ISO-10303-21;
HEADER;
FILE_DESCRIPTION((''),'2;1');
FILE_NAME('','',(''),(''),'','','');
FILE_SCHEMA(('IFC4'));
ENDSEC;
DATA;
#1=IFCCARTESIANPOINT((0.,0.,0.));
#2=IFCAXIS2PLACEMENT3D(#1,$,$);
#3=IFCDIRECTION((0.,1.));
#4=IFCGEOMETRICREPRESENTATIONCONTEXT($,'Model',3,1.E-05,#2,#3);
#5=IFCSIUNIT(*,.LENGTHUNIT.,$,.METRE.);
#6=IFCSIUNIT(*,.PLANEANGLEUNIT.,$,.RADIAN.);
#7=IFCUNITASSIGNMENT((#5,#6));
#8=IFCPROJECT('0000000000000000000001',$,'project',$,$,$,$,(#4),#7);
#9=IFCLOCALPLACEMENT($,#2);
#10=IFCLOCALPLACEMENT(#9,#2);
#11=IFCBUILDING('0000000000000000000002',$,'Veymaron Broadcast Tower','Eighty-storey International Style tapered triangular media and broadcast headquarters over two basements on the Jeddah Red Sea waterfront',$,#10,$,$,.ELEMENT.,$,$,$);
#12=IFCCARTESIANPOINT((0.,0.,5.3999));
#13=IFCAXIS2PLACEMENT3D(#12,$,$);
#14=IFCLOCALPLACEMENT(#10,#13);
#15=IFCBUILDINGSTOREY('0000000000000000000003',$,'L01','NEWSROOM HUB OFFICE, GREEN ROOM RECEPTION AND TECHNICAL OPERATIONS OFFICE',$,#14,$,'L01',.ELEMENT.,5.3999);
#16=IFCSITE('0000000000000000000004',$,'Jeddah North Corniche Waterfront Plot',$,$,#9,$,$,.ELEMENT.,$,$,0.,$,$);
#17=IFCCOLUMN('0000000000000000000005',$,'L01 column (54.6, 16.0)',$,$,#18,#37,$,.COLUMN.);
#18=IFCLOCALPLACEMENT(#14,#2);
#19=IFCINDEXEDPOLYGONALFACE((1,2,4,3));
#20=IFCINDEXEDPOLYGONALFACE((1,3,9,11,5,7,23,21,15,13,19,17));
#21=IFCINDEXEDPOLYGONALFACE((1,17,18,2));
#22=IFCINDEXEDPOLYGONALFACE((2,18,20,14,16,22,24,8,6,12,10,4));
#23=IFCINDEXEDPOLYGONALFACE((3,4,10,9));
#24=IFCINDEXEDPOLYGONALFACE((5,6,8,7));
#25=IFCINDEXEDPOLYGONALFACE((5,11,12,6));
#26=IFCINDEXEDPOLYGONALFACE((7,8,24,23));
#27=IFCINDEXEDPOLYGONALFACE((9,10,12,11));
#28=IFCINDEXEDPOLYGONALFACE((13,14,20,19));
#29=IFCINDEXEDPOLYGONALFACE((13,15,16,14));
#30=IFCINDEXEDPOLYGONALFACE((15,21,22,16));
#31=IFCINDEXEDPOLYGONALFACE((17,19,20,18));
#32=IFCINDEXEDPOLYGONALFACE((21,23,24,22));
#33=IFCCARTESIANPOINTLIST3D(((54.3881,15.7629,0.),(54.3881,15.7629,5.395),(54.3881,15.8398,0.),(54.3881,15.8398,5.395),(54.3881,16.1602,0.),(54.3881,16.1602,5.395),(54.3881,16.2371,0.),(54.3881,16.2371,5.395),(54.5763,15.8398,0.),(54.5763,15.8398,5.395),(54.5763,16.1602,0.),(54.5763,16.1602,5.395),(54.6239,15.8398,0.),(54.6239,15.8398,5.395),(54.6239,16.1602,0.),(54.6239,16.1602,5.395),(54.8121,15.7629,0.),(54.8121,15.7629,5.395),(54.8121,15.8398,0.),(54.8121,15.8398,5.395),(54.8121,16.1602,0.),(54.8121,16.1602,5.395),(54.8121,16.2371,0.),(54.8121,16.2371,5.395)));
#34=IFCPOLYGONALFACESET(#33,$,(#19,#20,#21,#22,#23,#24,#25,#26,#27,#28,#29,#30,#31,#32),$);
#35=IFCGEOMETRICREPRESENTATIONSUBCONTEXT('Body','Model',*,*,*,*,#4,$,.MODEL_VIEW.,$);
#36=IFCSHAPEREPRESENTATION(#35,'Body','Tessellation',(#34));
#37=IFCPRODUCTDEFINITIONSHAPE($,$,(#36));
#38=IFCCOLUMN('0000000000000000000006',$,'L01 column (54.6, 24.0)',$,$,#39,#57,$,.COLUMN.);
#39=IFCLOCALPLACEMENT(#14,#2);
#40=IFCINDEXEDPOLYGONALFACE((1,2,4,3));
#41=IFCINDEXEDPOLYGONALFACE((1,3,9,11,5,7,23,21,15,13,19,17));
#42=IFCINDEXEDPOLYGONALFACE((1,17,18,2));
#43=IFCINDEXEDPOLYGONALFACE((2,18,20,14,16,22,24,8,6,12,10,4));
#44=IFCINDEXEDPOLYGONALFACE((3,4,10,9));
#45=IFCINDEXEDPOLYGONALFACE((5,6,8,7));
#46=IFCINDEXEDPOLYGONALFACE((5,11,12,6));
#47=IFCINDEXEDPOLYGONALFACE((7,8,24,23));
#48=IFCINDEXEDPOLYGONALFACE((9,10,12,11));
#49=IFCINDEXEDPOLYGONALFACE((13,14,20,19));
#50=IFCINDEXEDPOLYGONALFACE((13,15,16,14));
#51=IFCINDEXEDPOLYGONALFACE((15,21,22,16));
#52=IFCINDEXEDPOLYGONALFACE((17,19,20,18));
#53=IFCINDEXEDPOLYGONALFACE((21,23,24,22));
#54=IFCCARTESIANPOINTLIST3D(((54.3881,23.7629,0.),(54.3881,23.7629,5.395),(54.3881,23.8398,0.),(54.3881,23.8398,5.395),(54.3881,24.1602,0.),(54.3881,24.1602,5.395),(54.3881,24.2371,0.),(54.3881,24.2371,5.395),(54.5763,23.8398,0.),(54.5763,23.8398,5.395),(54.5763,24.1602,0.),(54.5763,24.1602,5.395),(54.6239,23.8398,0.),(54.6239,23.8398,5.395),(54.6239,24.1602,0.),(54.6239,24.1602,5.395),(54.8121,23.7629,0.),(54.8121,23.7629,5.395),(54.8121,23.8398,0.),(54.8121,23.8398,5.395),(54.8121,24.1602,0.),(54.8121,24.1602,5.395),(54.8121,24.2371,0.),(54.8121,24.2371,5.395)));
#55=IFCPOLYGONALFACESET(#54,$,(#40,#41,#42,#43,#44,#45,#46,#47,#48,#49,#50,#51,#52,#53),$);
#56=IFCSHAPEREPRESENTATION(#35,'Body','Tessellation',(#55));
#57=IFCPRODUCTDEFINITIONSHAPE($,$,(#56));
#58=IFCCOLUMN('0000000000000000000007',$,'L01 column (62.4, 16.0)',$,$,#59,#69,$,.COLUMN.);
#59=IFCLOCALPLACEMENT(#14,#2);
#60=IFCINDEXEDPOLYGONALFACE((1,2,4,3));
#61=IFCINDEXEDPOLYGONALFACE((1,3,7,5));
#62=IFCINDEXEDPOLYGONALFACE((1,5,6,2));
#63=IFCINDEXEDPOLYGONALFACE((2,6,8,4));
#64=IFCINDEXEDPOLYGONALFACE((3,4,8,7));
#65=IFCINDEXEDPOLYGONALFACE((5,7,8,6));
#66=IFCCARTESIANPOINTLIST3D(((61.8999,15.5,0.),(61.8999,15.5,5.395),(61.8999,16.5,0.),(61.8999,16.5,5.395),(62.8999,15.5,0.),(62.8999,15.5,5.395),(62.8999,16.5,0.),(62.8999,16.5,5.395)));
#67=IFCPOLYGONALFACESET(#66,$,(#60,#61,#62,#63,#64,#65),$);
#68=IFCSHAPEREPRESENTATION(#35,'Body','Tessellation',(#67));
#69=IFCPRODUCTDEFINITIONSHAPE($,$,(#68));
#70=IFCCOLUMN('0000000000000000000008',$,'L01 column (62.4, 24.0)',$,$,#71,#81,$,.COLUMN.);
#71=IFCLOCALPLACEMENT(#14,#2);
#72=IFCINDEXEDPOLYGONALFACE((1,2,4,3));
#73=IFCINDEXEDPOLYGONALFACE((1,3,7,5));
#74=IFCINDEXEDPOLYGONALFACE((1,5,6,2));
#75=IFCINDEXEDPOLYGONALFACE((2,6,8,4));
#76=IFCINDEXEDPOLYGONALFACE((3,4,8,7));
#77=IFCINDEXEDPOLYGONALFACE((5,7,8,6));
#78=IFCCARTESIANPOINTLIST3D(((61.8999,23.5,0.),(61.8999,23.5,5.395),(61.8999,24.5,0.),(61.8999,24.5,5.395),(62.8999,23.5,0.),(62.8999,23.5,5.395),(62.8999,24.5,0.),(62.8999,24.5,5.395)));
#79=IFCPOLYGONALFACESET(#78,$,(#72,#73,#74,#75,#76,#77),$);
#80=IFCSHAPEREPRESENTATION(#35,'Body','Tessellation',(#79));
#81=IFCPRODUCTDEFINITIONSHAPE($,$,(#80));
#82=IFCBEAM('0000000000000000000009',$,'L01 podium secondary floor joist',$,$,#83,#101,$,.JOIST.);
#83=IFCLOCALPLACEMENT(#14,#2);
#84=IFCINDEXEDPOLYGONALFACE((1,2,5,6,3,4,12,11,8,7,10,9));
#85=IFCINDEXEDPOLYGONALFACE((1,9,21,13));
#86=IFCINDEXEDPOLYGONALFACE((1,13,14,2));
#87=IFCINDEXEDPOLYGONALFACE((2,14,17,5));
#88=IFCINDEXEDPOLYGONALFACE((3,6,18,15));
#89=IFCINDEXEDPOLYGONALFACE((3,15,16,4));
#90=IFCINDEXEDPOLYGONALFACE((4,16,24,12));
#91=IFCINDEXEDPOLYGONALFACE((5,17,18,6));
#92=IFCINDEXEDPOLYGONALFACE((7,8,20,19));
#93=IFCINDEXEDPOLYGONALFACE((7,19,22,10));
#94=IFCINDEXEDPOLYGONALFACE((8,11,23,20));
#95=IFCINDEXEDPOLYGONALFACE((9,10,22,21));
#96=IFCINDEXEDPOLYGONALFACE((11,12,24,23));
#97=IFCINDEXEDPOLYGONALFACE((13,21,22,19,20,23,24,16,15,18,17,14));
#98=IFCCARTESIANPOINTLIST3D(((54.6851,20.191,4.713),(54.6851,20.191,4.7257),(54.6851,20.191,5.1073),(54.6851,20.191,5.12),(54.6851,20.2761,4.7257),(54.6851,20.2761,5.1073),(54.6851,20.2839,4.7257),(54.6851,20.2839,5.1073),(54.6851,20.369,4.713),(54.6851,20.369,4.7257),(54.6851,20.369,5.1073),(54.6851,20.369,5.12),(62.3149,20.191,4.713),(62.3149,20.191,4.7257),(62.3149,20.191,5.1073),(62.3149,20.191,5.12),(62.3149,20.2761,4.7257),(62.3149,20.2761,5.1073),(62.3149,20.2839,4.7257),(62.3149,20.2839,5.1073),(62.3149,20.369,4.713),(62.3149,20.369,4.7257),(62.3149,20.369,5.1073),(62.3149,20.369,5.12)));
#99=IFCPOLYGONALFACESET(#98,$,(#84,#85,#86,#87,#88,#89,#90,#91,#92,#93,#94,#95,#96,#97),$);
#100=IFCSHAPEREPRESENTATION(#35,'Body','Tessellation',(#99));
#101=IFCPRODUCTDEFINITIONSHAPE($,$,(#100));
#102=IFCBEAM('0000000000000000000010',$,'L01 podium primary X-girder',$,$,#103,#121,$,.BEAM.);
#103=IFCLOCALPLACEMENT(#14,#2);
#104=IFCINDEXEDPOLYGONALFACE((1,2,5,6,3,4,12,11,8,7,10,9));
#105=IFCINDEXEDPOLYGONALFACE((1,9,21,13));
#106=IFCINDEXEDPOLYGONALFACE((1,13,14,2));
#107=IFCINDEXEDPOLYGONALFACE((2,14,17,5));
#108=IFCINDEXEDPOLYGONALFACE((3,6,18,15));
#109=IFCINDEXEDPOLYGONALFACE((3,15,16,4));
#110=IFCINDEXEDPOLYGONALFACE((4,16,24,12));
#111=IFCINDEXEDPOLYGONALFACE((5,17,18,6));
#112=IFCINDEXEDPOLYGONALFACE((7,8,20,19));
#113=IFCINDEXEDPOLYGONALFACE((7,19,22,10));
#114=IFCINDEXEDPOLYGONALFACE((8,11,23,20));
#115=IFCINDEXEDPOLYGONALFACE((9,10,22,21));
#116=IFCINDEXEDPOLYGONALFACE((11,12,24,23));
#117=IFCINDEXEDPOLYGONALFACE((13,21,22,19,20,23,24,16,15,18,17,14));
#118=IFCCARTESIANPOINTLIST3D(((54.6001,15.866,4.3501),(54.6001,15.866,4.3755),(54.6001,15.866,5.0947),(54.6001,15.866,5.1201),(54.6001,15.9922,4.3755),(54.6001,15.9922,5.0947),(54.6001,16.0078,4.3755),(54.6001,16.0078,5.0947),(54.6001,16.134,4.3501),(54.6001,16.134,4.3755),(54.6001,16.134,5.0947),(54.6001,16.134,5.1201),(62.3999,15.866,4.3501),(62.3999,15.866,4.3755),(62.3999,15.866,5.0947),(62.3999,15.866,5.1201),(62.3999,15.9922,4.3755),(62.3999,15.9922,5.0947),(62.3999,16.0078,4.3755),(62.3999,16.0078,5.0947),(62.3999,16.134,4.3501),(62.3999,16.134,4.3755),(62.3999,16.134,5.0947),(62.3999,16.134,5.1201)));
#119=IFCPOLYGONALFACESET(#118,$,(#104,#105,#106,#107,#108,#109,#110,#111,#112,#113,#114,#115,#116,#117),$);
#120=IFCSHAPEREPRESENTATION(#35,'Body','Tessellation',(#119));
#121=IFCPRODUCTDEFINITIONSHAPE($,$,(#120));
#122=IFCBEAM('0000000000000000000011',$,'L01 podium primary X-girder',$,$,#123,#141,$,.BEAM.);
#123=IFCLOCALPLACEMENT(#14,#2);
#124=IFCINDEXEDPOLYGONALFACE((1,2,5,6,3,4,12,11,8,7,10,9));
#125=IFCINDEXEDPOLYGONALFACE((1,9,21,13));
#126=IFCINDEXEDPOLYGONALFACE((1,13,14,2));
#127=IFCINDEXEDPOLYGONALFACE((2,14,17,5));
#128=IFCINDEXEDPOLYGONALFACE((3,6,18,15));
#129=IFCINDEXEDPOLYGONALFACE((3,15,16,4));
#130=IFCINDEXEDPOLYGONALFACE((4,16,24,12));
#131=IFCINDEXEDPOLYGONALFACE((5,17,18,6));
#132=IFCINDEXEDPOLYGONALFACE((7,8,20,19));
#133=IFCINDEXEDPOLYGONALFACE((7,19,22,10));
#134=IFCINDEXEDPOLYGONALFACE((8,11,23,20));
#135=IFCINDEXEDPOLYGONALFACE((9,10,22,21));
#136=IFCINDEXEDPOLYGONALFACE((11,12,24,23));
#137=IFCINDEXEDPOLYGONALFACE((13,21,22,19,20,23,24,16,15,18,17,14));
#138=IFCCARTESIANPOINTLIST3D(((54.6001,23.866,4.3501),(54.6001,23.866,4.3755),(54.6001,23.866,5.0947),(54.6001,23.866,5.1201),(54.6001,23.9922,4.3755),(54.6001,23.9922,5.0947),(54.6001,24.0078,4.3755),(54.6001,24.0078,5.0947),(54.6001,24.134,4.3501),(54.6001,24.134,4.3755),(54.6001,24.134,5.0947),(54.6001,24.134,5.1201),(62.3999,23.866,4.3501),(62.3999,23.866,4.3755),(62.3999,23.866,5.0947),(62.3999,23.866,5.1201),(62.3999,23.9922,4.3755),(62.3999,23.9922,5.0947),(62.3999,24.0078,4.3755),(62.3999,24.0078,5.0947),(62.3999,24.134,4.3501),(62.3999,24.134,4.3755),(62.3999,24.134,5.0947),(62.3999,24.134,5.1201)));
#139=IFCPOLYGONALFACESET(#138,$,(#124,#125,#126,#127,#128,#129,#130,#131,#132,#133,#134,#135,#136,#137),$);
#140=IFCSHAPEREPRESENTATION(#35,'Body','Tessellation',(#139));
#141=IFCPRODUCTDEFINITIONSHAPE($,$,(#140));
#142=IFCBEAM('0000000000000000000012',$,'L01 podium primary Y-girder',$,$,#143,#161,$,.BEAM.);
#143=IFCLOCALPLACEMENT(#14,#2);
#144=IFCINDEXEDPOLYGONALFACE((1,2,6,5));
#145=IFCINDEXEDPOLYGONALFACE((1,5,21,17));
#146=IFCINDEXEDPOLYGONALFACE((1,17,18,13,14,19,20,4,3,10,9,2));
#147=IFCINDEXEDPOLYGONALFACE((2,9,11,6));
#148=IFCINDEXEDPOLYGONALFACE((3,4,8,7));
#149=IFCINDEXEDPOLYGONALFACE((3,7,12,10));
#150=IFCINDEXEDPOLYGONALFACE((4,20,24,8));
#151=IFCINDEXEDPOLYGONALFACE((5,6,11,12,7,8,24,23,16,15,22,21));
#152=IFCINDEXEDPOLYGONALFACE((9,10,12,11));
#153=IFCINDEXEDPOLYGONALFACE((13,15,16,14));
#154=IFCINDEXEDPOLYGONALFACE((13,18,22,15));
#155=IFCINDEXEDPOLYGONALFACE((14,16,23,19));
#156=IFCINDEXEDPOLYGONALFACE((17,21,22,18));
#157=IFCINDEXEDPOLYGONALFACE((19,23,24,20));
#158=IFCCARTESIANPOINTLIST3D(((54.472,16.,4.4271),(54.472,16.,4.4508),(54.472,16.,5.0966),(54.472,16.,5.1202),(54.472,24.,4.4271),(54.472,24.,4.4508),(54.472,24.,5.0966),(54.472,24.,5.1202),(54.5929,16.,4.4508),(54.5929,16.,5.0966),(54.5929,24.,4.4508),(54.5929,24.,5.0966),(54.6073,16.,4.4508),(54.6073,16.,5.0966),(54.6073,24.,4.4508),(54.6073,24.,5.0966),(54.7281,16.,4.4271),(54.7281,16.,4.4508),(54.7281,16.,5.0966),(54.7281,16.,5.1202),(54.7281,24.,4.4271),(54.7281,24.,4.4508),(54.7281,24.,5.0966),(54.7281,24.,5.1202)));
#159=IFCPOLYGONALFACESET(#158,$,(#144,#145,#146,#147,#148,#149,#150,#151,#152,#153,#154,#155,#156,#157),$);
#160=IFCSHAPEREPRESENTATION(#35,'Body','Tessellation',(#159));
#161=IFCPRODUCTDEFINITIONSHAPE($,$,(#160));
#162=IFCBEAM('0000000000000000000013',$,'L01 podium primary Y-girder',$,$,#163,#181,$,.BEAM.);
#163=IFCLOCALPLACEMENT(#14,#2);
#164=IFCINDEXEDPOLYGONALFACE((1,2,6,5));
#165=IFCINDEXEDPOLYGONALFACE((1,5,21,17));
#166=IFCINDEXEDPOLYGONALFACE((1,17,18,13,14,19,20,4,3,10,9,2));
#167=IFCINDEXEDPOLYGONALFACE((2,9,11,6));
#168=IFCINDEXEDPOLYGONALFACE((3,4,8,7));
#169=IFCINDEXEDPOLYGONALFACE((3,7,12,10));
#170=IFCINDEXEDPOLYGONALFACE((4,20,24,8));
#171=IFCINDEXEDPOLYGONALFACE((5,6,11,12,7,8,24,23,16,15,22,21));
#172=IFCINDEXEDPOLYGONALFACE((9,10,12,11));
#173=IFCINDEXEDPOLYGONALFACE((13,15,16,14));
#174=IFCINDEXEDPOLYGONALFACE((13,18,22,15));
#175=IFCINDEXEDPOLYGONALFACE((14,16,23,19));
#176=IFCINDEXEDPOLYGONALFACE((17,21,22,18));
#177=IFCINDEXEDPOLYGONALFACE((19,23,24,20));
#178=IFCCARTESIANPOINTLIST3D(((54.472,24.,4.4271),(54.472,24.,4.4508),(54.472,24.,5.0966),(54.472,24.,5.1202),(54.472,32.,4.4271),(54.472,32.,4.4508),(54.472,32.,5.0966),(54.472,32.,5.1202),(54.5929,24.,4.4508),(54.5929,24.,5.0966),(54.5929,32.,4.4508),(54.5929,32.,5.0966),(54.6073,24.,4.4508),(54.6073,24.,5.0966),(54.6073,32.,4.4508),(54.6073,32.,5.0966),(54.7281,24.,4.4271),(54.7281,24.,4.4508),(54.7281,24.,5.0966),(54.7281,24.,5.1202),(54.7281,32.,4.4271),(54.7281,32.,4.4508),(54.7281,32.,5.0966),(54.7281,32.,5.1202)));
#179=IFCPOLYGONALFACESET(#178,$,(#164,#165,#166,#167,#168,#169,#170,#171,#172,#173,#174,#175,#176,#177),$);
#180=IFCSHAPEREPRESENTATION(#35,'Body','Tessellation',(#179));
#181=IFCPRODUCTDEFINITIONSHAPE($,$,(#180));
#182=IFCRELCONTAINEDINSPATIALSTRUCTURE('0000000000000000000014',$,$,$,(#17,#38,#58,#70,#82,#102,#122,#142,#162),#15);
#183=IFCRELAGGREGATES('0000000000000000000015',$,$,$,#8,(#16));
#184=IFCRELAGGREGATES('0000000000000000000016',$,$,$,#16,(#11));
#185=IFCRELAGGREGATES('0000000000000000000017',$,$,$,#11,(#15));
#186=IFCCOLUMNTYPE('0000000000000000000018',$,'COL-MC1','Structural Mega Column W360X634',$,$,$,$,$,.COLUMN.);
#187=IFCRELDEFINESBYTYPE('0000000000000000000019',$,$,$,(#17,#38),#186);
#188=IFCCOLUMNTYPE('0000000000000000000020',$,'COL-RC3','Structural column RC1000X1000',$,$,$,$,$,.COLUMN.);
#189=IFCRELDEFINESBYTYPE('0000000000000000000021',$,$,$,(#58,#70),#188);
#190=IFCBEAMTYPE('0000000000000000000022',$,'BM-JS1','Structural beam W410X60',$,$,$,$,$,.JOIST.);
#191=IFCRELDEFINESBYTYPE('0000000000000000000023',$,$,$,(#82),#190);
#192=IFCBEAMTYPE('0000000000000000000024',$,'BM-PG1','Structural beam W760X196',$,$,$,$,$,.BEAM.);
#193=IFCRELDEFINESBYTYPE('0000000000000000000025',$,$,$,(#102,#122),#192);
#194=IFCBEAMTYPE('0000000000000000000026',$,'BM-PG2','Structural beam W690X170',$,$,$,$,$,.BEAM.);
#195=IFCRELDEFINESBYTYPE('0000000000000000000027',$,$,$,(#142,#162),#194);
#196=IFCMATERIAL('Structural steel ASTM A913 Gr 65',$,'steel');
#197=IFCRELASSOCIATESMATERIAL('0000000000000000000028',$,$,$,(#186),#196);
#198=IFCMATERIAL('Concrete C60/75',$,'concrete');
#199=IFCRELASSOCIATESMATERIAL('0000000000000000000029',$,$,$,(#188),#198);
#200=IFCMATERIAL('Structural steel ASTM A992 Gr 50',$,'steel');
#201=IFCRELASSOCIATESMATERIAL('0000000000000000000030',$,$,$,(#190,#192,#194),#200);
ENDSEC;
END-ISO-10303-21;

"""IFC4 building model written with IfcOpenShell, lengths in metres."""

from ifc_helpers import new_model, si_unit, direction, frame, origin, origin_2d, place, context, subcontext, project, spatial, rectangle, i_section, extrude, material, material_profile, profile_set, type_object, element, save


model = new_model("IFC4")

# Units and contexts
model_context = context("Model", 3, precision=1e-05, world=origin(), true_north=direction((0.0, 1.0)))
body_context = subcontext(model_context, "Body", "Model", "MODEL_VIEW")
ifc_project = project(units=[si_unit("LENGTHUNIT", "METRE"), si_unit("PLANEANGLEUNIT", "RADIAN")], contexts=[model_context])

# Site, building, storey
site_placement = place(None, origin())
site = spatial("IfcSite", under=ifc_project, at=site_placement, Name="Jeddah North Corniche Waterfront Plot", CompositionType="ELEMENT", RefElevation=0.0)
building_placement = place(site_placement, origin())
building = spatial("IfcBuilding", under=site, at=building_placement, Name="Veymaron Broadcast Tower", Description="Eighty-storey International Style tapered triangular media and broadcast headquarters over two basements on the Jeddah Red Sea waterfront", CompositionType="ELEMENT")
storey_placement = place(building_placement, frame((0.0, 0.0, 5.3999)))
storey = spatial("IfcBuildingStorey", under=building, at=storey_placement, Name="L01", Description="NEWSROOM HUB OFFICE, GREEN ROOM RECEPTION AND TECHNICAL OPERATIONS OFFICE", LongName="L01", CompositionType="ELEMENT", Elevation=5.3999)

# Columns
ifc_material_1 = material(Name="Structural steel ASTM A913 Gr 65", Category="steel")
ifc_material_profile_1 = material_profile(ifc_material_1, i_section(OverallWidth=0.4241, OverallDepth=0.4741, WebThickness=0.0476, FlangeThickness=0.0769, at=origin_2d()), Name="W360X634")
ifc_profile_set_1 = profile_set([ifc_material_profile_1], Name="Structural steel ASTM A913 Gr 65")
column_type_1 = type_object("IfcColumnType", Name="COL-MC1", Description="Structural Mega Column W360X634", PredefinedType="COLUMN", material=ifc_profile_set_1)
for number, where, z_axis, x_axis, name in (
    (1, (54.6001, 16.0, 0.0), (0.0, 0.0, 1.0), (1.0, 0.0, 0.0), "L01 column (54.6, 16.0)"),
    (2, (54.6001, 24.0, 0.0), (0.0, 0.0, 1.0), (1.0, 0.0, 0.0), "L01 column (54.6, 24.0)"),
):
    element("IfcColumn", number, at=place(storey_placement, frame(where, z_axis=z_axis, x_axis=x_axis)), inside=storey, type_object=column_type_1, Name=name, PredefinedType="COLUMN", context=body_context, shape_type="SweptSolid", body=[
        extrude(i_section(OverallWidth=0.4241, OverallDepth=0.4741, WebThickness=0.0476, FlangeThickness=0.0769, at=origin_2d()), origin(), (0.0, 0.0, 1.0), 5.395),
    ])
ifc_material_2 = material(Name="Concrete C60/75", Category="concrete")
ifc_material_profile_2 = material_profile(ifc_material_2, rectangle(XDim=1.0, YDim=1.0, at=origin_2d()), Name="RC1000X1000")
ifc_profile_set_2 = profile_set([ifc_material_profile_2], Name="Concrete C60/75")
column_type_2 = type_object("IfcColumnType", Name="COL-RC3", Description="Structural column RC1000X1000", PredefinedType="COLUMN", material=ifc_profile_set_2)
for number, where, z_axis, x_axis, name in (
    (3, (62.3999, 16.0, 0.0), (0.0, 0.0, 1.0), (1.0, 0.0, 0.0), "L01 column (62.4, 16.0)"),
    (4, (62.3999, 24.0, 0.0), (0.0, 0.0, 1.0), (1.0, 0.0, 0.0), "L01 column (62.4, 24.0)"),
):
    element("IfcColumn", number, at=place(storey_placement, frame(where, z_axis=z_axis, x_axis=x_axis)), inside=storey, type_object=column_type_2, Name=name, PredefinedType="COLUMN", context=body_context, shape_type="SweptSolid", body=[
        extrude(rectangle(XDim=1.0, YDim=1.0, at=origin_2d()), origin(), (0.0, 0.0, 1.0), 5.395),
    ])

# Beams
ifc_material_3 = material(Name="Structural steel ASTM A992 Gr 50", Category="steel")
ifc_material_profile_3 = material_profile(ifc_material_3, i_section(OverallWidth=0.178, OverallDepth=0.407, WebThickness=0.0078, FlangeThickness=0.0127, at=origin_2d()), Name="W410X60")
ifc_profile_set_3 = profile_set([ifc_material_profile_3], Name="Structural steel ASTM A992 Gr 50")
beam_type_1 = type_object("IfcBeamType", Name="BM-JS1", Description="Structural beam W410X60", PredefinedType="JOIST", material=ifc_profile_set_3)
beam_placement = place(storey_placement, frame((54.6851, 20.28, 4.9165), z_axis=(1.0, 0.0, 0.0), x_axis=(0.0, 1.0, 0.0)))
element("IfcBeam", 5, at=beam_placement, inside=storey, type_object=beam_type_1, Name="L01 podium secondary floor joist", PredefinedType="JOIST", context=body_context, shape_type="SweptSolid", body=[
    extrude(i_section(OverallWidth=0.178, OverallDepth=0.407, WebThickness=0.0078, FlangeThickness=0.0127, at=origin_2d()), origin(), (0.0, 0.0, 1.0), 7.6299),
])
ifc_material_profile_4 = material_profile(ifc_material_3, i_section(OverallWidth=0.2681, OverallDepth=0.77, WebThickness=0.0156, FlangeThickness=0.0254, at=origin_2d()), Name="W760X196")
ifc_profile_set_4 = profile_set([ifc_material_profile_4], Name="Structural steel ASTM A992 Gr 50")
beam_type_2 = type_object("IfcBeamType", Name="BM-PG1", Description="Structural beam W760X196", PredefinedType="BEAM", material=ifc_profile_set_4)
for number, where, z_axis, x_axis, name in (
    (6, (54.6001, 16.0, 4.7351), (1.0, 0.0, 0.0), (0.0, 1.0, 0.0), "L01 podium primary X-girder"),
    (7, (54.6001, 24.0, 4.7351), (1.0, 0.0, 0.0), (0.0, 1.0, 0.0), "L01 podium primary X-girder"),
):
    element("IfcBeam", number, at=place(storey_placement, frame(where, z_axis=z_axis, x_axis=x_axis)), inside=storey, type_object=beam_type_2, Name=name, PredefinedType="BEAM", context=body_context, shape_type="SweptSolid", body=[
        extrude(i_section(OverallWidth=0.2681, OverallDepth=0.77, WebThickness=0.0156, FlangeThickness=0.0254, at=origin_2d()), origin(), (0.0, 0.0, 1.0), 7.7998),
    ])
ifc_material_profile_5 = material_profile(ifc_material_3, i_section(OverallWidth=0.2561, OverallDepth=0.6931, WebThickness=0.0144, FlangeThickness=0.0237, at=origin_2d()), Name="W690X170")
ifc_profile_set_5 = profile_set([ifc_material_profile_5], Name="Structural steel ASTM A992 Gr 50")
beam_type_3 = type_object("IfcBeamType", Name="BM-PG2", Description="Structural beam W690X170", PredefinedType="BEAM", material=ifc_profile_set_5)
for number, where, z_axis, x_axis, name in (
    (8, (54.6001, 16.0, 4.7737), (0.0, 1.0, 0.0), (-1.0, 0.0, 0.0), "L01 podium primary Y-girder"),
    (9, (54.6001, 24.0, 4.7737), (0.0, 1.0, 0.0), (-1.0, 0.0, 0.0), "L01 podium primary Y-girder"),
):
    element("IfcBeam", number, at=place(storey_placement, frame(where, z_axis=z_axis, x_axis=x_axis)), inside=storey, type_object=beam_type_3, Name=name, PredefinedType="BEAM", context=body_context, shape_type="SweptSolid", body=[
        extrude(i_section(OverallWidth=0.2561, OverallDepth=0.6931, WebThickness=0.0144, FlangeThickness=0.0237, at=origin_2d()), origin(), (0.0, 0.0, 1.0), 8.0),
    ])

save(model, "model.ifc")
